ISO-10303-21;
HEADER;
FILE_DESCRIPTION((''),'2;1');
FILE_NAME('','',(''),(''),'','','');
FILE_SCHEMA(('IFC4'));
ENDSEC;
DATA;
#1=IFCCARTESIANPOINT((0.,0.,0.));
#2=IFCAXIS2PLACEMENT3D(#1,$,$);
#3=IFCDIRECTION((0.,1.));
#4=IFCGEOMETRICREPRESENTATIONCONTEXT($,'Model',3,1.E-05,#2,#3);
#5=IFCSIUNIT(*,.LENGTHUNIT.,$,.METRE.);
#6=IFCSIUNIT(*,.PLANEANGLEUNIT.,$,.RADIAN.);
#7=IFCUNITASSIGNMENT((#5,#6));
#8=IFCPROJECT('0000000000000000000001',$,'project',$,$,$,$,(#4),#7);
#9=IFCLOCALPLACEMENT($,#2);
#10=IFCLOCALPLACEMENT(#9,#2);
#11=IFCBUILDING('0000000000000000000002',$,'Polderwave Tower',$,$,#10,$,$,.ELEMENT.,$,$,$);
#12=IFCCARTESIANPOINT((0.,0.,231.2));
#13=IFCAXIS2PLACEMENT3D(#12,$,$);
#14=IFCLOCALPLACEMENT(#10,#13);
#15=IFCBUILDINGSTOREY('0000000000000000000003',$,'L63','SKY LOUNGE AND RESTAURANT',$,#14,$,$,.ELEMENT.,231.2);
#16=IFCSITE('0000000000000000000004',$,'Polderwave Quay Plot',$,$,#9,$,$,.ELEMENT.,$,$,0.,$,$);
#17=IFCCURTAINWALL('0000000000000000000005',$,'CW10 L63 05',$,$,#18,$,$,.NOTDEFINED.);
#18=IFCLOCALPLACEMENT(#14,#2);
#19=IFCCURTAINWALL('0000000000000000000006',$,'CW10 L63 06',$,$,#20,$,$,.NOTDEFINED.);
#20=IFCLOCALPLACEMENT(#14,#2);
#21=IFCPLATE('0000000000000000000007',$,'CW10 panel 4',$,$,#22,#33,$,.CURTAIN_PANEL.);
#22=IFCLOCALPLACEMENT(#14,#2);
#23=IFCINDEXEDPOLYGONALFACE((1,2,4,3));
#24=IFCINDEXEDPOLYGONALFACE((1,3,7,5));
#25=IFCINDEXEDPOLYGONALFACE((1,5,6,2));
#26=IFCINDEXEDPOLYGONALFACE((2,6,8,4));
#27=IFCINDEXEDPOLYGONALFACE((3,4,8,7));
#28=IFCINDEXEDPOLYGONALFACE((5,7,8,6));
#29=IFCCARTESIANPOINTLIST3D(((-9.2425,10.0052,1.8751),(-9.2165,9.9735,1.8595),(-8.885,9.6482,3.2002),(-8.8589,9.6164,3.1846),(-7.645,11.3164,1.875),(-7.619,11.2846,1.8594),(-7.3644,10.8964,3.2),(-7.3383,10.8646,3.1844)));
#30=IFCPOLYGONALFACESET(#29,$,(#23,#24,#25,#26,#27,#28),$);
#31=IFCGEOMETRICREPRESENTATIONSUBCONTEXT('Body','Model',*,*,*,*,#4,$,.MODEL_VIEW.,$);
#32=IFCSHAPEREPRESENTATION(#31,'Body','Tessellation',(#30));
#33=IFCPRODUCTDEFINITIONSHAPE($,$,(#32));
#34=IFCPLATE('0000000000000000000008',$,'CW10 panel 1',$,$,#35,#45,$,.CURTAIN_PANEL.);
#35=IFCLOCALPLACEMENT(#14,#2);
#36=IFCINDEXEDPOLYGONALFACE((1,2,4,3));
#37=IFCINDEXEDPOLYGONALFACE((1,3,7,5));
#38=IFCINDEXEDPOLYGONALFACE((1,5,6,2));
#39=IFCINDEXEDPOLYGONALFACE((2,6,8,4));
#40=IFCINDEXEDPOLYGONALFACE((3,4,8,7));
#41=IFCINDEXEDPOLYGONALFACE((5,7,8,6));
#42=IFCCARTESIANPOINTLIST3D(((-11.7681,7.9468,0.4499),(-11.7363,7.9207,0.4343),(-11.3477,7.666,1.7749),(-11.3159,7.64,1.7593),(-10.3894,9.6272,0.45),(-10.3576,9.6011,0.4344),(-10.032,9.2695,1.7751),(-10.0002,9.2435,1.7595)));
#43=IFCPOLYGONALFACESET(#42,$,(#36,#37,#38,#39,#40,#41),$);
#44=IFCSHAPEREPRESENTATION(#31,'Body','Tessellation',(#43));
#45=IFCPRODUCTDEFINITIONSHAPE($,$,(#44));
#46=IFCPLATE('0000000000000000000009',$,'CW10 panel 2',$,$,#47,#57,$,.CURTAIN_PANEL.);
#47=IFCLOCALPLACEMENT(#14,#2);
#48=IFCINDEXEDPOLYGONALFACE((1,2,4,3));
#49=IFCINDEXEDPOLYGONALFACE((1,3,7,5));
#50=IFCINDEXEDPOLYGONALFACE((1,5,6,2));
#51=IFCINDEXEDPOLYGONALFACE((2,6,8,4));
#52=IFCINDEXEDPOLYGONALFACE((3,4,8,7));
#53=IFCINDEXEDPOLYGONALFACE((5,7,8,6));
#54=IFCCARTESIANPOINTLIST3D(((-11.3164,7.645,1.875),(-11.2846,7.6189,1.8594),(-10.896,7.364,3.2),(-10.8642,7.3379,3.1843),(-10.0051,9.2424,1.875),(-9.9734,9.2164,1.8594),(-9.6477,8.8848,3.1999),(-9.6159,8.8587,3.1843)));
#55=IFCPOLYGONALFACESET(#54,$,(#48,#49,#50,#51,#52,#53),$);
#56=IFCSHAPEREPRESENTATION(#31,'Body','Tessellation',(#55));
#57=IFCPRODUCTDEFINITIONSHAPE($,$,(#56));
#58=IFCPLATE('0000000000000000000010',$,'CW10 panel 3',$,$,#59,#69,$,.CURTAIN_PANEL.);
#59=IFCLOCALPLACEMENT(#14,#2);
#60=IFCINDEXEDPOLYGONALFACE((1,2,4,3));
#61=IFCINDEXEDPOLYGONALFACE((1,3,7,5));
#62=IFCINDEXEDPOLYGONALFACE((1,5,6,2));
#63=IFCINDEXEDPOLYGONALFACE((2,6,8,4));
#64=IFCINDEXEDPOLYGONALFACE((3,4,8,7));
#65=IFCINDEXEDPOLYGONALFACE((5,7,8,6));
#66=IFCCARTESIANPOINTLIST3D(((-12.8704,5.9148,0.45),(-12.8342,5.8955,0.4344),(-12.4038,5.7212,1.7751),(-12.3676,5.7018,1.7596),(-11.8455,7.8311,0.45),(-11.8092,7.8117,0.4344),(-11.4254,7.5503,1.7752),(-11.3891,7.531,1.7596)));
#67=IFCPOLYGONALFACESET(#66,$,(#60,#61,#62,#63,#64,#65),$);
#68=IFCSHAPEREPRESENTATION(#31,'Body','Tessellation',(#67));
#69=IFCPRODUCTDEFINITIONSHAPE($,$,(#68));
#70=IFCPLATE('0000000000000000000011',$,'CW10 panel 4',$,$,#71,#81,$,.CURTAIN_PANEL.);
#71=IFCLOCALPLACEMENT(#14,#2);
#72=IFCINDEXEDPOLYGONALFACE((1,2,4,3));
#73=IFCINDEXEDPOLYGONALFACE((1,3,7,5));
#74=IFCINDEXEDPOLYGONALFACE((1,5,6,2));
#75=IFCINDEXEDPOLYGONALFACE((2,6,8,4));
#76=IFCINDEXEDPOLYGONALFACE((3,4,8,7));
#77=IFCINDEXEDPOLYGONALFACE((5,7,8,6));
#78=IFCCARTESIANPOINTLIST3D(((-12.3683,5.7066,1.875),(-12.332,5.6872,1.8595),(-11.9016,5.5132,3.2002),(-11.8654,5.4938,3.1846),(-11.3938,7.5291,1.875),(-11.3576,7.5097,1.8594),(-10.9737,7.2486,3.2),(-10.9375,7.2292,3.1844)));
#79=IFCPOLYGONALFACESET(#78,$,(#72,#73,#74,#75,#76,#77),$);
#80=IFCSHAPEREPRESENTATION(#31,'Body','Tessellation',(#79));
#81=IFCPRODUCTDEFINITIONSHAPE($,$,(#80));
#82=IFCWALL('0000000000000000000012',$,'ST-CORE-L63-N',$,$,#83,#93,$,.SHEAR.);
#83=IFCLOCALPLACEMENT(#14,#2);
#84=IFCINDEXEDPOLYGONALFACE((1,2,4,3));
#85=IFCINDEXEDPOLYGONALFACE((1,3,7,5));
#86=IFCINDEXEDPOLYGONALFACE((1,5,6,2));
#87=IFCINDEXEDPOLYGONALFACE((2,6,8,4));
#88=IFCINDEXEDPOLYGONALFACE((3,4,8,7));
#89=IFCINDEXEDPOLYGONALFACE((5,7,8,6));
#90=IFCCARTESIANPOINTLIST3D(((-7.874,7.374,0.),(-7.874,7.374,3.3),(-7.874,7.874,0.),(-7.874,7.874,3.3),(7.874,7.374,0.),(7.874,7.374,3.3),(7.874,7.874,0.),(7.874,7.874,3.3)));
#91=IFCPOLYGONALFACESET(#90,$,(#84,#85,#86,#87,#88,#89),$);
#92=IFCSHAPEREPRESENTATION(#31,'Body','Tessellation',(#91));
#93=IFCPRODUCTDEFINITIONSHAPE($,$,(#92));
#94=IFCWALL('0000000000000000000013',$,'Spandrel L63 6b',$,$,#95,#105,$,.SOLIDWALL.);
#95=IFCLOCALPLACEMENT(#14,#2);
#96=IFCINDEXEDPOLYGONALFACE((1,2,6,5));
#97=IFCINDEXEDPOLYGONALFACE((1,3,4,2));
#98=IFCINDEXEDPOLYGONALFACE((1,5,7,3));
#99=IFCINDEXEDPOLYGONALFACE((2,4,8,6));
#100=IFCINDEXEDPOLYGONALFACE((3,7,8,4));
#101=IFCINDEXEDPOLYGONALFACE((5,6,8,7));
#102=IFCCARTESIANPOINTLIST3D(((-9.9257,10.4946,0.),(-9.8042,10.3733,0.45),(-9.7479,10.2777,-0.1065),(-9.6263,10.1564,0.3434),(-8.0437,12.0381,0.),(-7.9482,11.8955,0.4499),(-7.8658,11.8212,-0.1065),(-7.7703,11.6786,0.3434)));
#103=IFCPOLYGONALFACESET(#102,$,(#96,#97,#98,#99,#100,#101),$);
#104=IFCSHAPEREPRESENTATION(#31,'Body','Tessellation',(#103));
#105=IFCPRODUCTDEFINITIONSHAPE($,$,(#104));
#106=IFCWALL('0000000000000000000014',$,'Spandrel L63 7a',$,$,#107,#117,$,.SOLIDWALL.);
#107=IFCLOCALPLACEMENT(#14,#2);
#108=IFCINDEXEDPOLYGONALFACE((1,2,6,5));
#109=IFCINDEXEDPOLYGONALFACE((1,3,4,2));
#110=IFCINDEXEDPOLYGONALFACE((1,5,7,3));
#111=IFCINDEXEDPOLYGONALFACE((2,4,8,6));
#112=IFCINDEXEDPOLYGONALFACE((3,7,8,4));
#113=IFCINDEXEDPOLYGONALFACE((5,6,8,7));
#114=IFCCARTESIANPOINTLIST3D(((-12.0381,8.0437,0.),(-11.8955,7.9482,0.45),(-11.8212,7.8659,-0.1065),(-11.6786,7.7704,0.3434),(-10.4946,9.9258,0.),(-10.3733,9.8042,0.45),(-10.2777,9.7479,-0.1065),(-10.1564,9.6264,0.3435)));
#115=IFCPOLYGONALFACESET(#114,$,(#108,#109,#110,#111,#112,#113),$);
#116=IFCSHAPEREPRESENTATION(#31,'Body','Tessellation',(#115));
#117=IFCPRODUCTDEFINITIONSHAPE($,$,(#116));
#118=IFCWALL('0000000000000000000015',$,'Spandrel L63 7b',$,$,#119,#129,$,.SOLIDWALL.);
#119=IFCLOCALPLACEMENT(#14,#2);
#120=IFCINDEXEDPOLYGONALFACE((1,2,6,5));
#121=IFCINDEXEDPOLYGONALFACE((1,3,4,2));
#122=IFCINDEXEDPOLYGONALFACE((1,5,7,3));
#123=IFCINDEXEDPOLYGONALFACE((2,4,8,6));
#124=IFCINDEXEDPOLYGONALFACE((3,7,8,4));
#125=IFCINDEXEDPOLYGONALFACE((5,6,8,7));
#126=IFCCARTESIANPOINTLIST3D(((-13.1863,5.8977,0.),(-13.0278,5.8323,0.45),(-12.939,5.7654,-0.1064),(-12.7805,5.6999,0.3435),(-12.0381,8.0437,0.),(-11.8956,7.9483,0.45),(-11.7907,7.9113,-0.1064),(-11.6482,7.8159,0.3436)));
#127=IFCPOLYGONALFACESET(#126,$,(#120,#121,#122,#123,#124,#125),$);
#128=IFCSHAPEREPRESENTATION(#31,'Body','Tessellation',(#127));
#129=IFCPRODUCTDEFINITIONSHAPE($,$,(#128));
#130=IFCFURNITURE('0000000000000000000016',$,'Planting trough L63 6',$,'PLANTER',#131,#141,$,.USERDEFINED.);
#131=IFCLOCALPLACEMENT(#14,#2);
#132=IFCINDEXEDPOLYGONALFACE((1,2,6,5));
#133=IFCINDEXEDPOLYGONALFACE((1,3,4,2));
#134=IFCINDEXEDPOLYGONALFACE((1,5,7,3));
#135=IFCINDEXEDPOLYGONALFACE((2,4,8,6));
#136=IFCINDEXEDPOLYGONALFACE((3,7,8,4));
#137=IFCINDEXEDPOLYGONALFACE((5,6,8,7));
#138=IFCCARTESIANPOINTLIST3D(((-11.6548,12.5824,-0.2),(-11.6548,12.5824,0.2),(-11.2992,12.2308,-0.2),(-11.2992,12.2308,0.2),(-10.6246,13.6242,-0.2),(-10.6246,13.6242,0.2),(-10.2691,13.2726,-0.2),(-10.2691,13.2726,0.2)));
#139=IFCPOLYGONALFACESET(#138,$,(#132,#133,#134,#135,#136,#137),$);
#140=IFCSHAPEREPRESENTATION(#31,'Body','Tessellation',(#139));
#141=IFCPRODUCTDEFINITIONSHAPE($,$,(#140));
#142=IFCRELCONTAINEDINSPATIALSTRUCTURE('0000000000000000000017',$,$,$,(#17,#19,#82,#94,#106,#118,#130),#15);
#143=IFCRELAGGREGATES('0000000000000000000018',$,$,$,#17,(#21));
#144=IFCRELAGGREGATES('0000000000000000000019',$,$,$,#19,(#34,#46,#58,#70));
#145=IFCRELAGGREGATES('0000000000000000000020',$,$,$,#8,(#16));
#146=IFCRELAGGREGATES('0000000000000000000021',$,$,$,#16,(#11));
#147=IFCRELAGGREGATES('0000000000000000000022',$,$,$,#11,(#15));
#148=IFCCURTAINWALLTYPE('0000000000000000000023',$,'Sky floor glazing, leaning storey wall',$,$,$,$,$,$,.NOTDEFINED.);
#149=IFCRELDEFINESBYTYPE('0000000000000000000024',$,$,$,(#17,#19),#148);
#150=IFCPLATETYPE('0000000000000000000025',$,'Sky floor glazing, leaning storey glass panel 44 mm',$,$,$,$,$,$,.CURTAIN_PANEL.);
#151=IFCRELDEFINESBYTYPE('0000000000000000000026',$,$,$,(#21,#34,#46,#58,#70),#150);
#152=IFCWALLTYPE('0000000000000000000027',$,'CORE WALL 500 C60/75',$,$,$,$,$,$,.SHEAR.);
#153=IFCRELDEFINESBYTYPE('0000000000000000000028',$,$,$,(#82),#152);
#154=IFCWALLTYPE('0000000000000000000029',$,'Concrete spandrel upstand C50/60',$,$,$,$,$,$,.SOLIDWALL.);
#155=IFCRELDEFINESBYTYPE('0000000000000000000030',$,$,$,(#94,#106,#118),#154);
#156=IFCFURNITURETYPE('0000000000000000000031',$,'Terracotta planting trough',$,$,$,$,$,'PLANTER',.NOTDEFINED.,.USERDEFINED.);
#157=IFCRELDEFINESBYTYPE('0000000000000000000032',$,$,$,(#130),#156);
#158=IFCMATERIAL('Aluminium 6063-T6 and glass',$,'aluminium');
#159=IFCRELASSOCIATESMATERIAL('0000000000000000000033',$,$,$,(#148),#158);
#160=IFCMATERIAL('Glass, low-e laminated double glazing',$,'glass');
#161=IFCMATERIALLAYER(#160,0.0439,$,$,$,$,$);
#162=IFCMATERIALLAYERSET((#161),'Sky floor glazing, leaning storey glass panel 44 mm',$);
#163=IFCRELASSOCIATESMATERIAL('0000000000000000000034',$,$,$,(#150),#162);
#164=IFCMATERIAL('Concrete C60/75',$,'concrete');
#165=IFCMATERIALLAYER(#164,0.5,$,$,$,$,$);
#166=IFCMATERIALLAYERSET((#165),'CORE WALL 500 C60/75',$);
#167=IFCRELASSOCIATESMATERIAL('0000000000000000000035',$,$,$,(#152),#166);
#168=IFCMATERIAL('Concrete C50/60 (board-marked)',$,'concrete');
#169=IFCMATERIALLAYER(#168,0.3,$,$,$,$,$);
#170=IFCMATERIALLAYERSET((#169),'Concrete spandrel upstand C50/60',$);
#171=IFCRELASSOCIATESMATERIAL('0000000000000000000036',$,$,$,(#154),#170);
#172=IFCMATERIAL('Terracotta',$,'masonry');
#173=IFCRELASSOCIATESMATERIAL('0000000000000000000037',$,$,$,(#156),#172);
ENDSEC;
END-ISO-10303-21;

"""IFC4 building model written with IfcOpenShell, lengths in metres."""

from ifc_helpers import new_model, si_unit, direction, frame, frame_2d, origin, origin_2d, place, context, subcontext, project, spatial, polyline, rectangle, outline, extrude, material, layer, layer_set, type_object, element, aggregate, save


model = new_model("IFC4")

# Units and contexts
model_context = context("Model", 3, precision=1e-05, world=origin(), true_north=direction((0.0, 1.0)))
body_context = subcontext(model_context, "Body", "Model", "MODEL_VIEW")
ifc_project = project(units=[si_unit("LENGTHUNIT", "METRE"), si_unit("PLANEANGLEUNIT", "RADIAN")], contexts=[model_context])

# Site, building, storey
site_placement = place(None, origin())
site = spatial("IfcSite", under=ifc_project, at=site_placement, Name="Polderwave Quay Plot", CompositionType="ELEMENT", RefElevation=0.0)
building_placement = place(site_placement, origin())
building = spatial("IfcBuilding", under=site, at=building_placement, Name="Polderwave Tower", CompositionType="ELEMENT")
storey_placement = place(building_placement, frame((0.0, 0.0, 231.2)))
storey = spatial("IfcBuildingStorey", under=building, at=storey_placement, Name="L63", Description="SKY LOUNGE AND RESTAURANT", CompositionType="ELEMENT", Elevation=231.2)

# Shared definitions
ifc_material_1 = material(Name="Concrete C60/75", Category="concrete")

# Curtain walls
ifc_material_2 = material(Name="Aluminium 6063-T6 and glass", Category="aluminium")
curtain_wall_type = type_object("IfcCurtainWallType", Name="Sky floor glazing, leaning storey wall", PredefinedType="NOTDEFINED", material=ifc_material_2)
curtain_wall_1_placement = place(storey_placement, origin())
curtain_wall_1 = element("IfcCurtainWall", 1, at=curtain_wall_1_placement, inside=storey, type_object=curtain_wall_type, Name="CW10 L63 05", PredefinedType="NOTDEFINED")
curtain_wall_2_placement = place(storey_placement, origin())
curtain_wall_2 = element("IfcCurtainWall", 2, at=curtain_wall_2_placement, inside=storey, type_object=curtain_wall_type, Name="CW10 L63 06", PredefinedType="NOTDEFINED")

# Plates
ifc_material_3 = material(Name="Glass, low-e laminated double glazing", Category="glass")
ifc_layer_1 = layer(ifc_material_3, 0.0439)
ifc_layer_set_1 = layer_set([ifc_layer_1], Name="Sky floor glazing, leaning storey glass panel 44 mm")
plate_type = type_object("IfcPlateType", Name="Sky floor glazing, leaning storey glass panel 44 mm", PredefinedType="CURTAIN_PANEL", material=ifc_layer_set_1)
plate_1_placement = place(storey_placement, frame((-7.645, 11.3164, 1.875), z_axis=(-0.593158, 0.72271, 0.354758), x_axis=(-0.77298, -0.63443, 0.000027)))
plate_1 = element("IfcPlate", 3, at=plate_1_placement, type_object=plate_type, Name="CW10 panel 4", PredefinedType="CURTAIN_PANEL", context=body_context, shape_type="SweptSolid", body=[
    extrude(outline(polyline([(0.0, 0.0), (2.0667, 0.0), (2.0169, 1.4173), (0.0496, 1.4172), (0.0, 0.0)])), origin(), (0.0, 0.0, -1.0), 0.0439),
])
aggregate(curtain_wall_1, [plate_1])
plate_2_placement = place(storey_placement, frame((-10.3894, 9.6272, 0.45), z_axis=(-0.722758, 0.592967, 0.354981), x_axis=(-0.634275, -0.773107, -0.000001)))
plate_2 = element("IfcPlate", 4, at=plate_2_placement, type_object=plate_type, Name="CW10 panel 1", PredefinedType="CURTAIN_PANEL", context=body_context, shape_type="SweptSolid", body=[
    extrude(outline(polyline([(0.0, 0.0), (2.1736, 0.0), (2.124, 1.4173), (0.0498, 1.4175), (0.0, 0.0)])), origin(), (0.0, 0.0, -1.0), 0.0439),
])
plate_3_placement = place(storey_placement, frame((-10.0051, 9.2424, 1.875), z_axis=(-0.722581, 0.593137, 0.355057), x_axis=(-0.634477, -0.772942, -0.000004)))
plate_3 = element("IfcPlate", 5, at=plate_3_placement, type_object=plate_type, Name="CW10 panel 2", PredefinedType="CURTAIN_PANEL", context=body_context, shape_type="SweptSolid", body=[
    extrude(outline(polyline([(0.0, 0.0), (2.0667, 0.0), (2.0171, 1.4173), (0.0497, 1.4173), (0.0, 0.0)])), origin(), (0.0, 0.0, -1.0), 0.0439),
])
plate_4_placement = place(storey_placement, frame((-11.8455, 7.8311, 0.45), z_axis=(-0.824427, 0.440991, 0.35475), x_axis=(-0.471663, -0.881779, 0.000016)))
plate_4 = element("IfcPlate", 6, at=plate_4_placement, type_object=plate_type, Name="CW10 panel 3", PredefinedType="CURTAIN_PANEL", context=body_context, shape_type="SweptSolid", body=[
    extrude(outline(polyline([(0.0, 0.0), (2.1731, 0.0), (2.1238, 1.4173), (0.0494, 1.4174), (0.0, 0.0)])), origin(), (0.0, 0.0, -1.0), 0.0439),
])
plate_5_placement = place(storey_placement, frame((-11.3938, 7.5291, 1.875), z_axis=(-0.824506, 0.440877, 0.354707), x_axis=(-0.47153, -0.88185, 0.000023)))
plate_5 = element("IfcPlate", 7, at=plate_5_placement, type_object=plate_type, Name="CW10 panel 4", PredefinedType="CURTAIN_PANEL", context=body_context, shape_type="SweptSolid", body=[
    extrude(outline(polyline([(0.0, 0.0), (2.0666, 0.0), (2.0172, 1.4173), (0.0493, 1.4171), (0.0, 0.0)])), origin(), (0.0, 0.0, -1.0), 0.0439),
])
aggregate(curtain_wall_2, [plate_2, plate_3, plate_4, plate_5])

# Walls
ifc_layer_2 = layer(ifc_material_1, 0.5)
ifc_layer_set_2 = layer_set([ifc_layer_2], Name="CORE WALL 500 C60/75")
wall_type_1 = type_object("IfcWallType", Name="CORE WALL 500 C60/75", PredefinedType="SHEAR", material=ifc_layer_set_2)
wall_1_placement = place(storey_placement, frame((-7.874, 7.624, 0.0), z_axis=(0.0, 0.0, 1.0), x_axis=(1.0, 0.0, 0.0)))
element("IfcWall", 8, at=wall_1_placement, inside=storey, type_object=wall_type_1, Name="ST-CORE-L63-N", PredefinedType="SHEAR", context=body_context, shape_type="SweptSolid", body=[
    extrude(rectangle(XDim=15.748, YDim=0.5, at=frame_2d((7.874, 0.0))), origin(), (0.0, 0.0, 1.0), 3.3),
])
ifc_material_4 = material(Name="Concrete C50/60 (board-marked)", Category="concrete")
ifc_layer_3 = layer(ifc_material_4, 0.3)
ifc_layer_set_3 = layer_set([ifc_layer_3], Name="Concrete spandrel upstand C50/60")
wall_type_2 = type_object("IfcWallType", Name="Concrete spandrel upstand C50/60", PredefinedType="SOLIDWALL", material=ifc_layer_set_3)
wall_2_placement = place(storey_placement, frame((-8.0437, 12.0381, 0.0), z_axis=(-0.592841, 0.722863, 0.354978), x_axis=(-0.773221, -0.634137, -0.00001)))
element("IfcWall", 9, at=wall_2_placement, inside=storey, type_object=wall_type_2, Name="Spandrel L63 6b", PredefinedType="SOLIDWALL", context=body_context, shape_type="SweptSolid", body=[
    extrude(outline(polyline([(0.0, 0.0), (2.434, 0.0), (2.417, 0.4813), (0.0166, 0.4813), (0.0, 0.0)])), origin(), (0.0, 0.0, -1.0), 0.3),
])
wall_3_placement = place(storey_placement, frame((-10.4946, 9.9258, 0.0), z_axis=(-0.722863, 0.592841, 0.354978), x_axis=(-0.634137, -0.773221, 0.00001)))
element("IfcWall", 10, at=wall_3_placement, inside=storey, type_object=wall_type_2, Name="Spandrel L63 7a", PredefinedType="SOLIDWALL", context=body_context, shape_type="SweptSolid", body=[
    extrude(outline(polyline([(0.0, 0.0), (2.434, 0.0), (2.4174, 0.4813), (0.0171, 0.4813), (0.0, 0.0)])), origin(), (0.0, 0.0, -1.0), 0.3),
])
wall_4_placement = place(storey_placement, frame((-12.0381, 8.0437, 0.0), z_axis=(-0.824403, 0.441127, 0.354637), x_axis=(-0.471787, -0.881713, 0.000012)))
element("IfcWall", 11, at=wall_4_placement, inside=storey, type_object=wall_type_2, Name="Spandrel L63 7b", PredefinedType="SOLIDWALL", context=body_context, shape_type="SweptSolid", body=[
    extrude(outline(polyline([(0.0, 0.0), (2.4339, 0.0), (2.4168, 0.4812), (0.0169, 0.4813), (0.0, 0.0)])), origin(), (0.0, 0.0, -1.0), 0.3),
])

# Furniture
ifc_material_5 = material(Name="Terracotta", Category="masonry")
furniture_type = type_object("IfcFurnitureType", Name="Terracotta planting trough", ElementType="PLANTER", AssemblyPlace="NOTDEFINED", PredefinedType="USERDEFINED", material=ifc_material_5)
furniture_placement = place(storey_placement, frame((-10.9619, 12.9275, -0.2), z_axis=(0.0, 0.0, 1.0), x_axis=(-0.703124, -0.711067, 0.0)))
element("IfcFurniture", 12, at=furniture_placement, inside=storey, type_object=furniture_type, Name="Planting trough L63 6", ObjectType="PLANTER", PredefinedType="USERDEFINED", context=body_context, shape_type="SweptSolid", body=[
    extrude(rectangle(XDim=1.4651, YDim=0.5, at=origin_2d()), origin(), (0.0, 0.0, 1.0), 0.3999),
])

save(model, "model.ifc")
